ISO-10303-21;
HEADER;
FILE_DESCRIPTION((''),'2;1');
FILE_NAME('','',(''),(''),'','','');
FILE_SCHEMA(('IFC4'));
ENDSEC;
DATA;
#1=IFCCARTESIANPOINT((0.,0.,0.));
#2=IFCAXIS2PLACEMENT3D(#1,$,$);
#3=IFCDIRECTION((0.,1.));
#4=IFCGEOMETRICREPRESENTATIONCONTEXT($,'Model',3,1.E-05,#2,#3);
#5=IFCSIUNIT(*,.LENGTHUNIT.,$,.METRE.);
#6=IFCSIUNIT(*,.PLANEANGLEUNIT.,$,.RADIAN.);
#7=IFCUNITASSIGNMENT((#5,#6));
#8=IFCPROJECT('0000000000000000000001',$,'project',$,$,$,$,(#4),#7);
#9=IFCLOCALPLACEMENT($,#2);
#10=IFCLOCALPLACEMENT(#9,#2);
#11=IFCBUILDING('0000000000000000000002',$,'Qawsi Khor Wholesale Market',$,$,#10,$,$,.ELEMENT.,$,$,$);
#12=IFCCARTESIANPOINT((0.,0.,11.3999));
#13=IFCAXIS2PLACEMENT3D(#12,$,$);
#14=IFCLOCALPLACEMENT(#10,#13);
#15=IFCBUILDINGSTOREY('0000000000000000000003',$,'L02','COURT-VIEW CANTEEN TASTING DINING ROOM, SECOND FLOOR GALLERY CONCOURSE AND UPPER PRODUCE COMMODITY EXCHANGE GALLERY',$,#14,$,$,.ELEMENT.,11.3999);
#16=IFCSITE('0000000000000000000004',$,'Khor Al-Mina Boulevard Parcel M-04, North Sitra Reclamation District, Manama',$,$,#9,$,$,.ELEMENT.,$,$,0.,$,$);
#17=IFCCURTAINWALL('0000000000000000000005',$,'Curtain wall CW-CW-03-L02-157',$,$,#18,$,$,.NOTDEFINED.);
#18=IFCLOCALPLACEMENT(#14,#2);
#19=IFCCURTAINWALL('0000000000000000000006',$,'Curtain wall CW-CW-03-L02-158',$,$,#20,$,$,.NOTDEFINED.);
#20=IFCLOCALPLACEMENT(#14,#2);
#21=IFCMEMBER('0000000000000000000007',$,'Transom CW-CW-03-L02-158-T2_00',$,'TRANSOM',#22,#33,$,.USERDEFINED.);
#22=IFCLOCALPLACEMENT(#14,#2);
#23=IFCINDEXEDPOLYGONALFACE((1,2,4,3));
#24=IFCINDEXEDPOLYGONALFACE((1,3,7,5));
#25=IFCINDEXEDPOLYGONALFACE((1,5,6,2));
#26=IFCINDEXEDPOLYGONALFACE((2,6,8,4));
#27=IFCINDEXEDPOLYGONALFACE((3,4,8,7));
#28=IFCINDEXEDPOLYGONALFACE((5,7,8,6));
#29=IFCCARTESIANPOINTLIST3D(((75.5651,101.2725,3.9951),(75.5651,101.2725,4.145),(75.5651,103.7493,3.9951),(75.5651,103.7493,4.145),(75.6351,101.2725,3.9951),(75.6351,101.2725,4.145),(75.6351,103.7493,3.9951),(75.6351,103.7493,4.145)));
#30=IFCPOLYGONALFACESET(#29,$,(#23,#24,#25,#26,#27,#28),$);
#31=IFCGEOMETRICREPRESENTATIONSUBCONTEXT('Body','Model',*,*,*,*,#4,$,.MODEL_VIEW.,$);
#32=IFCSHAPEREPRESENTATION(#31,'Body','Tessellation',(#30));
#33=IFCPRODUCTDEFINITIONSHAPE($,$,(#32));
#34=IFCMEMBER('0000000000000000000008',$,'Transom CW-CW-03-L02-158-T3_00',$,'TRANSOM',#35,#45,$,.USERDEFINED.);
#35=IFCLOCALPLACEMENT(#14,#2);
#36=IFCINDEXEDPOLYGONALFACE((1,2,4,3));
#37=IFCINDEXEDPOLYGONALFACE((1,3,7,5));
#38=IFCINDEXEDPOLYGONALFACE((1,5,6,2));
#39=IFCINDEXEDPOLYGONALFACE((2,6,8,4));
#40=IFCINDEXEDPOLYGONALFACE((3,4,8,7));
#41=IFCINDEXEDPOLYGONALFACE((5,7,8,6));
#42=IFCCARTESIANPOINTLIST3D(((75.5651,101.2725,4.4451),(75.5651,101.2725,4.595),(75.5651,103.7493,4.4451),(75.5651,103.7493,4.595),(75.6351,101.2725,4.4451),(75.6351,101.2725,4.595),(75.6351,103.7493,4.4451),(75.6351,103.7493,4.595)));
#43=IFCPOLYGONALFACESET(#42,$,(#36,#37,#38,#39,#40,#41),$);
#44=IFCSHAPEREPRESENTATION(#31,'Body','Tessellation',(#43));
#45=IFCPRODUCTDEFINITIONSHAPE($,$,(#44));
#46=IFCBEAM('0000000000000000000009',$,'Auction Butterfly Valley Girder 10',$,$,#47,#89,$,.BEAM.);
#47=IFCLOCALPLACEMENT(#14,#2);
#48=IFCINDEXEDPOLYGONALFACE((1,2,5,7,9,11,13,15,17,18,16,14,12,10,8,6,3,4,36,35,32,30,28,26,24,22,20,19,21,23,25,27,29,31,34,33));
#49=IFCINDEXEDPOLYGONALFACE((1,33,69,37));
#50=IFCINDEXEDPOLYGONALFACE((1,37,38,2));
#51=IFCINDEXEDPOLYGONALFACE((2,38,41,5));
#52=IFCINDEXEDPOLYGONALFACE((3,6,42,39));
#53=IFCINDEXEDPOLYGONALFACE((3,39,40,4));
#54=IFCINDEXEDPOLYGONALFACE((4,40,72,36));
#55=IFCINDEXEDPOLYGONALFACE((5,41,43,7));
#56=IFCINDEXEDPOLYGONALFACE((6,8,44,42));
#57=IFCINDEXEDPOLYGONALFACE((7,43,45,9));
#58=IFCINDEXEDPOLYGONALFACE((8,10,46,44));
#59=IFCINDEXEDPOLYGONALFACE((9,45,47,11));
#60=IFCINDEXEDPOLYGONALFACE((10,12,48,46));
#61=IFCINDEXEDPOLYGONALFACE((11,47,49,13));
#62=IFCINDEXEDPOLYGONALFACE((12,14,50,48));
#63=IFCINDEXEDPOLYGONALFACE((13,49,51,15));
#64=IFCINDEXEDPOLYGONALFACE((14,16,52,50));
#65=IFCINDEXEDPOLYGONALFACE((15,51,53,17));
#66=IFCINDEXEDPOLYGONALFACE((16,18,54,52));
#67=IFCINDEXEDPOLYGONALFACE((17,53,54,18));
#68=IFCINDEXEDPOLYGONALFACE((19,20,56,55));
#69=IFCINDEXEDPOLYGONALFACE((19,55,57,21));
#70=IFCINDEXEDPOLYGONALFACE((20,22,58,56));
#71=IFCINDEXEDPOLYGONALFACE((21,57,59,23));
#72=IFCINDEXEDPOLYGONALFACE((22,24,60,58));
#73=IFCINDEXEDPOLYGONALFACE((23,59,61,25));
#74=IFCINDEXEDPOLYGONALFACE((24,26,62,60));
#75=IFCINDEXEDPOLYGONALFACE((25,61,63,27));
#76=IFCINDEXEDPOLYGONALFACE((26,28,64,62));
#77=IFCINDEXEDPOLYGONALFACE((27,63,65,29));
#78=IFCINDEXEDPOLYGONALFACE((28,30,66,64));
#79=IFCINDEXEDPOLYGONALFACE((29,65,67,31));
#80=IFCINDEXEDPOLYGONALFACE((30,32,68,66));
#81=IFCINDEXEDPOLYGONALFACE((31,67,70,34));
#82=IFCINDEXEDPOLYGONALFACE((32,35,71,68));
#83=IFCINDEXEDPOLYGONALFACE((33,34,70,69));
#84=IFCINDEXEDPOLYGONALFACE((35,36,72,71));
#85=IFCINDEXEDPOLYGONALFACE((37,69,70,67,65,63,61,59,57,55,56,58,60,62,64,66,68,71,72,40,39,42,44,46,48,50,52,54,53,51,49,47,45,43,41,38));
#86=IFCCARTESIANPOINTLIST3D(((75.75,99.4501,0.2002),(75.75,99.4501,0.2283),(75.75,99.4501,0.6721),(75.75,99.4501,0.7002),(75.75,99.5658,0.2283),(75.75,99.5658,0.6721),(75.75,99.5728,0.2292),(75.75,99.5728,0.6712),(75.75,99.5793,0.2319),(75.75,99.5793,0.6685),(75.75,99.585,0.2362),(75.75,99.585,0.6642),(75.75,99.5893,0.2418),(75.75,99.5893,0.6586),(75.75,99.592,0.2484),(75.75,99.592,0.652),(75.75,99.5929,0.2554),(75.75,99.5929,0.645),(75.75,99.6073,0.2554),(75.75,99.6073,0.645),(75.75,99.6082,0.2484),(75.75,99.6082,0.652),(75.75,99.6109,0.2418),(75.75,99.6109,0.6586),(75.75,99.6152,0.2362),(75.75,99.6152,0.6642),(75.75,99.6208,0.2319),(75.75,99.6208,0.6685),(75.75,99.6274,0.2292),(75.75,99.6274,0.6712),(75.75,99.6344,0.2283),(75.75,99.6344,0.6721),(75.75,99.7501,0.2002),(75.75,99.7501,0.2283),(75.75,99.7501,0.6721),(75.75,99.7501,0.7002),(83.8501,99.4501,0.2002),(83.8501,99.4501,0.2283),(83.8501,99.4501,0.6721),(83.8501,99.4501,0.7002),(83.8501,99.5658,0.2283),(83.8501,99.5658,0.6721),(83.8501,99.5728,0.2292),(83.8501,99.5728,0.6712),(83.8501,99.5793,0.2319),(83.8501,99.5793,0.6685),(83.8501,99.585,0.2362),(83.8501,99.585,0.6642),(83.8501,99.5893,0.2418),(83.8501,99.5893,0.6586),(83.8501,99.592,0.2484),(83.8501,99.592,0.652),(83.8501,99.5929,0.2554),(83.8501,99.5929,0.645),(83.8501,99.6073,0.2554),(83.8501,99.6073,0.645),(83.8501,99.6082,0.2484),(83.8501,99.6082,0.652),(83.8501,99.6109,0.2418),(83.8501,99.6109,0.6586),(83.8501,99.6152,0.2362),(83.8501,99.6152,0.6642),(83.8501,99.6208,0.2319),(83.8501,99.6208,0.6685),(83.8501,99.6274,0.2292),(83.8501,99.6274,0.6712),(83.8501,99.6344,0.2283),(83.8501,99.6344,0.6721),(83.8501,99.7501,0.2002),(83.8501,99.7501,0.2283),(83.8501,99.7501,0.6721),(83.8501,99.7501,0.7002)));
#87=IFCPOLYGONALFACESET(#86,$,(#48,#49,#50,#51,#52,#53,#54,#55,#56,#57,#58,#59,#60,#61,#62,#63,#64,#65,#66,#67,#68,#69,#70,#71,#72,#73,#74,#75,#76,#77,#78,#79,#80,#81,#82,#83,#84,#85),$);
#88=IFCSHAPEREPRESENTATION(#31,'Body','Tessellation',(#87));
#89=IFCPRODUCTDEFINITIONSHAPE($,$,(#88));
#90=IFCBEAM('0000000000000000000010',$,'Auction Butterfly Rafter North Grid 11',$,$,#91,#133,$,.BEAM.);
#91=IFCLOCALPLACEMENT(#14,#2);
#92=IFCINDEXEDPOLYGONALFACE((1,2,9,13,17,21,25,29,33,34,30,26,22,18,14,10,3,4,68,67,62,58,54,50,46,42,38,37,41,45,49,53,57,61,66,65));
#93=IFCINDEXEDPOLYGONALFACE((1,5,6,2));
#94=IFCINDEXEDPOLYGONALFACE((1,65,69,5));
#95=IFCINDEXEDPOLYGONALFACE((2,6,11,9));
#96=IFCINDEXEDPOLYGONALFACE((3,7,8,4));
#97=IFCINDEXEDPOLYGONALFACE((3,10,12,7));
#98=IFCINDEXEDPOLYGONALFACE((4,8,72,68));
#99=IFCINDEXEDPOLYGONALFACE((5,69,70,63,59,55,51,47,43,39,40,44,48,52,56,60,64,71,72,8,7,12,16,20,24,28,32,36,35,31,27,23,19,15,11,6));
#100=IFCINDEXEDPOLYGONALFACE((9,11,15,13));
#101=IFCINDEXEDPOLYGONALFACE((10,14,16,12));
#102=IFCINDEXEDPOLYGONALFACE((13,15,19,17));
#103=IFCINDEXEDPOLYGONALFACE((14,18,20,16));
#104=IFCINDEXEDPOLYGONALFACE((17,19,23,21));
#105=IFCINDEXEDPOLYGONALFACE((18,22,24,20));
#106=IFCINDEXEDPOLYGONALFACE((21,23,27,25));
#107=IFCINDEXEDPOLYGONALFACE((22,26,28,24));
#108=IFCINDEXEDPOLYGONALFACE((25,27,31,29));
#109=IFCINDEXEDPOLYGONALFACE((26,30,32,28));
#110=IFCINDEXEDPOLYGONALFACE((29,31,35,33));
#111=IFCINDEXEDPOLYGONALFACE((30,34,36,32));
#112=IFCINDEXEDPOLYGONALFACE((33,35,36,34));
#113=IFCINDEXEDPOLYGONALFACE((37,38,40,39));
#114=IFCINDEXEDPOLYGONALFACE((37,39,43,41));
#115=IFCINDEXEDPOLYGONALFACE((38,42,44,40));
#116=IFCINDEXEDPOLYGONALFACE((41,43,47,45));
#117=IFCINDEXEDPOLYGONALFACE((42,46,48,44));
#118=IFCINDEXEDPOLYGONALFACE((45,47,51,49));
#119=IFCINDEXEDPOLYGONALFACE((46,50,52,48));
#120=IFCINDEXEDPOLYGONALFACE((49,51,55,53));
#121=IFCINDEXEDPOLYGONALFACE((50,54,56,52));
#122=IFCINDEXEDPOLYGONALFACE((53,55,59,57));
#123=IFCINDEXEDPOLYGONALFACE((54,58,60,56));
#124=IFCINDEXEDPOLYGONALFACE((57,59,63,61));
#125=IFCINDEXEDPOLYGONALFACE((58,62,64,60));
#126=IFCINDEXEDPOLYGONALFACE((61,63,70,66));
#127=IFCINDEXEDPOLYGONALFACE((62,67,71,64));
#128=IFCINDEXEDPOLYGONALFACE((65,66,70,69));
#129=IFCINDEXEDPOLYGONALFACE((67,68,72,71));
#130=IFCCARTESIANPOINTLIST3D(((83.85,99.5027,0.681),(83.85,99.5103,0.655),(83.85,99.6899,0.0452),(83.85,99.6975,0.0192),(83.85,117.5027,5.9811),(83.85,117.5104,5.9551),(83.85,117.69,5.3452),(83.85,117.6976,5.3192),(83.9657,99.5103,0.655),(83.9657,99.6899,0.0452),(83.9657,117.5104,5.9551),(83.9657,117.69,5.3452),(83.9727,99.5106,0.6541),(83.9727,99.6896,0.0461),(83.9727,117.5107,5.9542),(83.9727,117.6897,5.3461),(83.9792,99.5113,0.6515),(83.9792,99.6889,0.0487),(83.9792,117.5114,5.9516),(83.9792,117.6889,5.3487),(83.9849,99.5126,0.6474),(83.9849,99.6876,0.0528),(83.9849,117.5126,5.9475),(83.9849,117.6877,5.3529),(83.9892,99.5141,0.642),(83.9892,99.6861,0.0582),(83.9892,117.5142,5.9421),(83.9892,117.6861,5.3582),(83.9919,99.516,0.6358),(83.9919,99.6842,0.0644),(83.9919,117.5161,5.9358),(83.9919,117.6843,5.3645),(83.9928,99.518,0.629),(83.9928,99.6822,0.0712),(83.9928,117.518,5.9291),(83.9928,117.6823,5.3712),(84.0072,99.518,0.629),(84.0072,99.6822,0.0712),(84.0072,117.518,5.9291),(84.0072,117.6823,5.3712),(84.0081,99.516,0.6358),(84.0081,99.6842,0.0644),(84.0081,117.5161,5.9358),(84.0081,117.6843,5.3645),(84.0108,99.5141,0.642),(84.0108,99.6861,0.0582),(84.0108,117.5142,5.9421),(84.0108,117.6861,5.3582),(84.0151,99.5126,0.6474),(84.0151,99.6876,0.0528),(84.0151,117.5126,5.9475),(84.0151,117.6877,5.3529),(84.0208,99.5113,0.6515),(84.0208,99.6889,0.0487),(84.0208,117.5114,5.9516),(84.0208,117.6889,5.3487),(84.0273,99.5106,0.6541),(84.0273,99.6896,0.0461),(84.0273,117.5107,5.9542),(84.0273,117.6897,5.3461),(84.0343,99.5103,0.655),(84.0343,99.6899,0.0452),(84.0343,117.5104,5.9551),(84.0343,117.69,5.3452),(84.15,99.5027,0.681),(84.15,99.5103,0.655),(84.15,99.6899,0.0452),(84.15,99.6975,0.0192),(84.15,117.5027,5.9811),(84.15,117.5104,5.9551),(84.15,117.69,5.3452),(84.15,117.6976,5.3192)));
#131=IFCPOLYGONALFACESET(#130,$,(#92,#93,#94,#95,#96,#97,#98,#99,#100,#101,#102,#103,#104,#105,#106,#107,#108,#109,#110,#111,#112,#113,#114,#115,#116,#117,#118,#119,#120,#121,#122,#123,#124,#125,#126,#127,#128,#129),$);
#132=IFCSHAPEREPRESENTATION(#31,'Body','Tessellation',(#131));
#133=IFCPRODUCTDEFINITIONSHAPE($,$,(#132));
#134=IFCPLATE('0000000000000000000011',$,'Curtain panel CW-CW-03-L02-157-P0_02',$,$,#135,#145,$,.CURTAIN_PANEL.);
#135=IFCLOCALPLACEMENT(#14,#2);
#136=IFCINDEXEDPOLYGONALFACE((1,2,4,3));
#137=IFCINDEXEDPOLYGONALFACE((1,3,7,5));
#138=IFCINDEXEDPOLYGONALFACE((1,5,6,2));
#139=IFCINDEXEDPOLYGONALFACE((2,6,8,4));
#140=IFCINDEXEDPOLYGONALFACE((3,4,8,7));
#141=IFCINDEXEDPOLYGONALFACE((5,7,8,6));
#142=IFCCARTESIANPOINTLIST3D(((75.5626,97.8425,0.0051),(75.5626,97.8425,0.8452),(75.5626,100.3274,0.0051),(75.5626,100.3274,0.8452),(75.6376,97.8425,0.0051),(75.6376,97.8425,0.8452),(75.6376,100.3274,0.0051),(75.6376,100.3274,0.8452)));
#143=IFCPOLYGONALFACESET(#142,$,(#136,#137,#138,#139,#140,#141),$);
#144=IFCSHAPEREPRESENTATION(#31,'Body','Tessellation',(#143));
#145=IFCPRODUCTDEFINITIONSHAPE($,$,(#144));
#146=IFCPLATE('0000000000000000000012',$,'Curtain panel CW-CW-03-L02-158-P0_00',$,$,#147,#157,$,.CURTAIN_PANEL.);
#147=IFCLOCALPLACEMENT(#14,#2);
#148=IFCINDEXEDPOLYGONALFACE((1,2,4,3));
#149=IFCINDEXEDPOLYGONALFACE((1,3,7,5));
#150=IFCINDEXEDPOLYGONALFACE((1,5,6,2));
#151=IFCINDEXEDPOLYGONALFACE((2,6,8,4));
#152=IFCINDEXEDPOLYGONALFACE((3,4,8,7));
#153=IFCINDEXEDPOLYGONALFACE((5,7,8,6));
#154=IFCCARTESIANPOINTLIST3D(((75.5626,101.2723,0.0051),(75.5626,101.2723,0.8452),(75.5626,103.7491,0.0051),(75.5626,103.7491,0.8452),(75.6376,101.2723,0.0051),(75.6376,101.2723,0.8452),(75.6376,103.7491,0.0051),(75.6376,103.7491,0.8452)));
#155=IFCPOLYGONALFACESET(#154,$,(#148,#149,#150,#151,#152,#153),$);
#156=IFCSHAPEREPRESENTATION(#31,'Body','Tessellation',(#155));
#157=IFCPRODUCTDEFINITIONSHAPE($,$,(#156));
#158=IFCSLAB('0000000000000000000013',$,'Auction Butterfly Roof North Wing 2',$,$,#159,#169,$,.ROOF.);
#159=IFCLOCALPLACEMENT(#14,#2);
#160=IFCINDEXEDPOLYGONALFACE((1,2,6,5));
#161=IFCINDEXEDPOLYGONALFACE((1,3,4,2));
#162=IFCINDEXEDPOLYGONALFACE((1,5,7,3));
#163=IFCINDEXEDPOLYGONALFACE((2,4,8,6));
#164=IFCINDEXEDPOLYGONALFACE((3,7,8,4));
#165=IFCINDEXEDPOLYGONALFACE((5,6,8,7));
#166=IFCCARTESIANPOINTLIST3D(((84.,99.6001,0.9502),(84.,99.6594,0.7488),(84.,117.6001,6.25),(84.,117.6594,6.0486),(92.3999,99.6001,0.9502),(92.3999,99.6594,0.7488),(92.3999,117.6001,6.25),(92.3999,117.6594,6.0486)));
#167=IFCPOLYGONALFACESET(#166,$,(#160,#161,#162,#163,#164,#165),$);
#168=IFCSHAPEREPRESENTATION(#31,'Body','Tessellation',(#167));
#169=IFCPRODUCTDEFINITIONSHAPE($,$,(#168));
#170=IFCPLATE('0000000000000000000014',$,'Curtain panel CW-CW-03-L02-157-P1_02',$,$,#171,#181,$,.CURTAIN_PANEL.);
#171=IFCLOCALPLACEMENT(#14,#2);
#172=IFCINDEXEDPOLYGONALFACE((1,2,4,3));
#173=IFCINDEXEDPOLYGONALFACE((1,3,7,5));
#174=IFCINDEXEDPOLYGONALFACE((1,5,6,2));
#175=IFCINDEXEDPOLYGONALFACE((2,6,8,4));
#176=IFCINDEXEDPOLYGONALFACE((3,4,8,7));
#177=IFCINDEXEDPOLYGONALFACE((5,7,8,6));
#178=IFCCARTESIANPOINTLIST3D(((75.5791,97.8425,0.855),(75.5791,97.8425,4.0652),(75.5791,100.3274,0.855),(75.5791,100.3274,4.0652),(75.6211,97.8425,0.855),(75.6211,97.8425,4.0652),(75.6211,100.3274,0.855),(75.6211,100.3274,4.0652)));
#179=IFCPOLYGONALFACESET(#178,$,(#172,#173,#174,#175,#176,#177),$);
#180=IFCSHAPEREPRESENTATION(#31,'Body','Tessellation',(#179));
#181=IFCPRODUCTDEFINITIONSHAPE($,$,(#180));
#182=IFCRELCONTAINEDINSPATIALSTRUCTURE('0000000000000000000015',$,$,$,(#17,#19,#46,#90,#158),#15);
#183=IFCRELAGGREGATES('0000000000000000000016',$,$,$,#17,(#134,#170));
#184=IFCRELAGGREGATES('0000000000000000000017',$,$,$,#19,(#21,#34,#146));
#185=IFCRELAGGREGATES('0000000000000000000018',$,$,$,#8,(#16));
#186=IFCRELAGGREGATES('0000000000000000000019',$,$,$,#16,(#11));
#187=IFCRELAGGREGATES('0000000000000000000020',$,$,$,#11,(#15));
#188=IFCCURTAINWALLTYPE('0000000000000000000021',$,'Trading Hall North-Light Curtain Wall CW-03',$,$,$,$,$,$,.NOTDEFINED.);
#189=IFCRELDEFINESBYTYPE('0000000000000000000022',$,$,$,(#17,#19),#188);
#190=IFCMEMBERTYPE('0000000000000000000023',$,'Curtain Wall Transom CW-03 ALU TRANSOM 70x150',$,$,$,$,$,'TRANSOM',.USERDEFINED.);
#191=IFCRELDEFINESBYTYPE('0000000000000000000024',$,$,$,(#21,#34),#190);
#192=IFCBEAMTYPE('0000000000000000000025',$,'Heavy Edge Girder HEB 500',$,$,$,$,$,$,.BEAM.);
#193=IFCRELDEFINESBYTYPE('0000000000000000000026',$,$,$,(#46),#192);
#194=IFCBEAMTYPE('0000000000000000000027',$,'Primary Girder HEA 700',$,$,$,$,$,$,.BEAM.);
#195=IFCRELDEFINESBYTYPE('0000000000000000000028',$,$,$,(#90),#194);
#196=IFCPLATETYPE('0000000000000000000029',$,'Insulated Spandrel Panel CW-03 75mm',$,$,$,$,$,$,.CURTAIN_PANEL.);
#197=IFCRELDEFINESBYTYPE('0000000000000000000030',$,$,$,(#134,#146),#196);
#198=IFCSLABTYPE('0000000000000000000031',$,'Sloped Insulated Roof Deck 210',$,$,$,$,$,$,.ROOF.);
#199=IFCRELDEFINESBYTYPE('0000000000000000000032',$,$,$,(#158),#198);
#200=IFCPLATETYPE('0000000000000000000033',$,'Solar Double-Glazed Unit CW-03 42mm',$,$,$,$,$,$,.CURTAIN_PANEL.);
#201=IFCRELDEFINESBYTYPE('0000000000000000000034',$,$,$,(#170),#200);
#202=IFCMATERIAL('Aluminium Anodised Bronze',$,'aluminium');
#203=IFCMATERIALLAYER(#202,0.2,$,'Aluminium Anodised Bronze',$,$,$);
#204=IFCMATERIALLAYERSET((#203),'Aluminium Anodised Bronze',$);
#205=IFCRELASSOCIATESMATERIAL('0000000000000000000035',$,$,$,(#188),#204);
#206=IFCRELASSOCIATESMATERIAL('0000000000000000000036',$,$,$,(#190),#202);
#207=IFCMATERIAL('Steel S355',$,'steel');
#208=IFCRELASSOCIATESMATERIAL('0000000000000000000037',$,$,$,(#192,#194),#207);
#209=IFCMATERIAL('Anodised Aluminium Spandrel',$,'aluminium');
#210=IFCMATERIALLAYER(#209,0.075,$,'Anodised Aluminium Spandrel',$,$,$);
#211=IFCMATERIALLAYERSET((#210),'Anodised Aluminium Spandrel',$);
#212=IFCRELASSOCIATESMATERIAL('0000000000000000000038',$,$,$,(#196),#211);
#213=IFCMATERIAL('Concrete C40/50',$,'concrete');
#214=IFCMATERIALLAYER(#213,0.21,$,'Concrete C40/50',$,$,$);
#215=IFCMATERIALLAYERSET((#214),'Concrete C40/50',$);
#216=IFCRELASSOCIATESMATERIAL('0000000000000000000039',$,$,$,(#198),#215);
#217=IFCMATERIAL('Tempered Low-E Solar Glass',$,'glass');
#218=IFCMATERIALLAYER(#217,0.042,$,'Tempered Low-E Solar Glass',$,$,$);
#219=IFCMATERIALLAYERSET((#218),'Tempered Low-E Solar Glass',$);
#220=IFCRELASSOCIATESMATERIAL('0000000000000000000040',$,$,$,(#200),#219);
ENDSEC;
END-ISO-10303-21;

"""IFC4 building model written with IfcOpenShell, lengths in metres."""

from ifc_helpers import new_model, si_unit, direction, frame, frame_2d, origin, origin_2d, place, context, subcontext, project, spatial, polyline, rectangle, i_section, outline, extrude, material, layer, layer_set, material_profile, profile_set, type_object, element, aggregate, save


model = new_model("IFC4")

# Units and contexts
model_context = context("Model", 3, precision=1e-05, world=origin(), true_north=direction((0.0, 1.0)))
body_context = subcontext(model_context, "Body", "Model", "MODEL_VIEW")
ifc_project = project(units=[si_unit("LENGTHUNIT", "METRE"), si_unit("PLANEANGLEUNIT", "RADIAN")], contexts=[model_context])

# Site, building, storey
site_placement = place(None, origin())
site = spatial("IfcSite", under=ifc_project, at=site_placement, Name="Khor Al-Mina Boulevard Parcel M-04, North Sitra Reclamation District, Manama", CompositionType="ELEMENT", RefElevation=0.0)
building_placement = place(site_placement, origin())
building = spatial("IfcBuilding", under=site, at=building_placement, Name="Qawsi Khor Wholesale Market", CompositionType="ELEMENT")
storey_placement = place(building_placement, frame((0.0, 0.0, 11.3999)))
storey = spatial("IfcBuildingStorey", under=building, at=storey_placement, Name="L02", Description="COURT-VIEW CANTEEN TASTING DINING ROOM, SECOND FLOOR GALLERY CONCOURSE AND UPPER PRODUCE COMMODITY EXCHANGE GALLERY", CompositionType="ELEMENT", Elevation=11.3999)

# Shared definitions
ifc_material_1 = material(Name="Steel S355", Category="steel")

# Curtain wall
ifc_material_2 = material(Name="Aluminium Anodised Bronze", Category="aluminium")
ifc_layer_1 = layer(ifc_material_2, 0.2, Name="Aluminium Anodised Bronze")
ifc_layer_set_1 = layer_set([ifc_layer_1], Name="Aluminium Anodised Bronze")
curtain_wall_type = type_object("IfcCurtainWallType", Name="Trading Hall North-Light Curtain Wall CW-03", PredefinedType="NOTDEFINED", material=ifc_layer_set_1)
curtain_wall_1_placement = place(storey_placement, origin())
curtain_wall_1 = element("IfcCurtainWall", 1, at=curtain_wall_1_placement, inside=storey, type_object=curtain_wall_type, Name="Curtain wall CW-CW-03-L02-157", PredefinedType="NOTDEFINED")

# Curtain wall
curtain_wall_2_placement = place(storey_placement, origin())
curtain_wall_2 = element("IfcCurtainWall", 2, at=curtain_wall_2_placement, inside=storey, type_object=curtain_wall_type, Name="Curtain wall CW-CW-03-L02-158", PredefinedType="NOTDEFINED")

# Members
ifc_material_profile_1 = material_profile(ifc_material_2, rectangle(XDim=0.0701, YDim=0.1499, at=origin_2d()), Name="ALU TRANSOM 70x150")
ifc_profile_set_1 = profile_set([ifc_material_profile_1], Name="Aluminium Anodised Bronze")
member_type_1 = type_object("IfcMemberType", Name="Curtain Wall Transom CW-03 ALU TRANSOM 70x150", ElementType="TRANSOM", PredefinedType="USERDEFINED", material=ifc_profile_set_1)
member_1_placement = place(storey_placement, frame((75.6001, 101.2725, 4.0701), z_axis=(0.0, 1.0, 0.0), x_axis=(-1.0, 0.0, 0.0)))
member_1 = element("IfcMember", 3, at=member_1_placement, type_object=member_type_1, Name="Transom CW-CW-03-L02-158-T2_00", ObjectType="TRANSOM", PredefinedType="USERDEFINED", context=body_context, shape_type="SweptSolid", body=[
    extrude(rectangle(XDim=0.0701, YDim=0.1499, at=origin_2d()), origin(), (0.0, 0.0, 1.0), 2.4768),
])
member_2_placement = place(storey_placement, frame((75.6001, 101.2725, 4.52), z_axis=(0.0, 1.0, 0.0), x_axis=(-1.0, 0.0, 0.0)))
member_2 = element("IfcMember", 4, at=member_2_placement, type_object=member_type_1, Name="Transom CW-CW-03-L02-158-T3_00", ObjectType="TRANSOM", PredefinedType="USERDEFINED", context=body_context, shape_type="SweptSolid", body=[
    extrude(rectangle(XDim=0.0701, YDim=0.1499, at=origin_2d()), origin(), (0.0, 0.0, 1.0), 2.4768),
])

# Beams
ifc_material_profile_2 = material_profile(ifc_material_1, i_section(OverallWidth=0.3, OverallDepth=0.5, WebThickness=0.0144, FlangeThickness=0.0281, FilletRadius=0.0271, at=origin_2d()), Name="HEB 500")
ifc_profile_set_2 = profile_set([ifc_material_profile_2], Name="Steel S355")
beam_type_1 = type_object("IfcBeamType", Name="Heavy Edge Girder HEB 500", PredefinedType="BEAM", material=ifc_profile_set_2)
beam_1_placement = place(storey_placement, frame((75.75, 99.6001, 0.4502), z_axis=(1.0, 0.0, 0.0), x_axis=(0.0, 1.0, 0.0)))
element("IfcBeam", 5, at=beam_1_placement, inside=storey, type_object=beam_type_1, Name="Auction Butterfly Valley Girder 10", PredefinedType="BEAM", context=body_context, shape_type="SweptSolid", body=[
    extrude(i_section(OverallWidth=0.3, OverallDepth=0.5, WebThickness=0.0144, FlangeThickness=0.0281, FilletRadius=0.0271, at=origin_2d()), origin(), (0.0, 0.0, 1.0), 8.1001),
])
ifc_material_profile_3 = material_profile(ifc_material_1, i_section(OverallWidth=0.3, OverallDepth=0.6899, WebThickness=0.0144, FlangeThickness=0.0271, FilletRadius=0.0271, at=origin_2d()), Name="HEA 700")
ifc_profile_set_3 = profile_set([ifc_material_profile_3], Name="Steel S355")
beam_type_2 = type_object("IfcBeamType", Name="Primary Girder HEA 700", PredefinedType="BEAM", material=ifc_profile_set_3)
beam_2_placement = place(storey_placement, frame((84.0, 99.6001, 0.3501), z_axis=(0.0, 0.95928, 0.282457), x_axis=(-1.0, 0.0, 0.0)))
element("IfcBeam", 6, at=beam_2_placement, inside=storey, type_object=beam_type_2, Name="Auction Butterfly Rafter North Grid 11", PredefinedType="BEAM", context=body_context, shape_type="SweptSolid", body=[
    extrude(i_section(OverallWidth=0.3, OverallDepth=0.6899, WebThickness=0.0144, FlangeThickness=0.0271, FilletRadius=0.0271, at=origin_2d()), origin(), (0.0, 0.0, 1.0), 18.7642),
])

# Plates
ifc_material_3 = material(Name="Anodised Aluminium Spandrel", Category="aluminium")
ifc_layer_2 = layer(ifc_material_3, 0.075, Name="Anodised Aluminium Spandrel")
ifc_layer_set_2 = layer_set([ifc_layer_2], Name="Anodised Aluminium Spandrel")
plate_type_1 = type_object("IfcPlateType", Name="Insulated Spandrel Panel CW-03 75mm", PredefinedType="CURTAIN_PANEL", material=ifc_layer_set_2)
plate_1_placement = place(storey_placement, frame((75.6001, 97.8425, 0.0051), z_axis=(0.0, 0.0, 1.0), x_axis=(0.0, 1.0, 0.0)))
plate_1 = element("IfcPlate", 7, at=plate_1_placement, type_object=plate_type_1, Name="Curtain panel CW-CW-03-L02-157-P0_02", PredefinedType="CURTAIN_PANEL", context=body_context, shape_type="SweptSolid", body=[
    extrude(rectangle(XDim=2.4849, YDim=0.075, at=frame_2d((1.2424, 0.0))), origin(), (0.0, 0.0, 1.0), 0.8401),
])
plate_2_placement = place(storey_placement, frame((75.6001, 101.2725, 0.0051), z_axis=(0.0, 0.0, 1.0), x_axis=(0.0, 1.0, 0.0)))
plate_2 = element("IfcPlate", 8, at=plate_2_placement, type_object=plate_type_1, Name="Curtain panel CW-CW-03-L02-158-P0_00", PredefinedType="CURTAIN_PANEL", context=body_context, shape_type="SweptSolid", body=[
    extrude(rectangle(XDim=2.4768, YDim=0.075, at=frame_2d((1.2383, 0.0))), origin(), (0.0, 0.0, 1.0), 0.8401),
])

# Slab
ifc_material_4 = material(Name="Concrete C40/50", Category="concrete")
ifc_layer_3 = layer(ifc_material_4, 0.21, Name="Concrete C40/50")
ifc_layer_set_3 = layer_set([ifc_layer_3], Name="Concrete C40/50")
slab_type = type_object("IfcSlabType", Name="Sloped Insulated Roof Deck 210", PredefinedType="ROOF", material=ifc_layer_set_3)
slab_placement = place(storey_placement, frame((84.0, 99.6001, 0.9502), z_axis=(0.0, -0.282445, 0.959283), x_axis=(1.0, 0.0, 0.0)))
element("IfcSlab", 9, at=slab_placement, inside=storey, type_object=slab_type, Name="Auction Butterfly Roof North Wing 2", PredefinedType="ROOF", context=body_context, shape_type="SweptSolid", body=[
    extrude(outline(polyline([(0.0, 0.0), (8.3999, 0.0), (8.3999, 18.764), (0.0, 18.764), (0.0, 0.0)])), origin(), (0.0, 0.0, -1.0), 0.21),
])

# Plate
ifc_material_5 = material(Name="Tempered Low-E Solar Glass", Category="glass")
ifc_layer_4 = layer(ifc_material_5, 0.042, Name="Tempered Low-E Solar Glass")
ifc_layer_set_4 = layer_set([ifc_layer_4], Name="Tempered Low-E Solar Glass")
plate_type_2 = type_object("IfcPlateType", Name="Solar Double-Glazed Unit CW-03 42mm", PredefinedType="CURTAIN_PANEL", material=ifc_layer_set_4)
plate_3_placement = place(storey_placement, frame((75.6001, 97.8425, 0.855), z_axis=(0.0, 0.0, 1.0), x_axis=(0.0, 1.0, 0.0)))
plate_3 = element("IfcPlate", 10, at=plate_3_placement, type_object=plate_type_2, Name="Curtain panel CW-CW-03-L02-157-P1_02", PredefinedType="CURTAIN_PANEL", context=body_context, shape_type="SweptSolid", body=[
    extrude(rectangle(XDim=2.4849, YDim=0.042, at=frame_2d((1.2424, 0.0))), origin(), (0.0, 0.0, 1.0), 3.2102),
])
aggregate(curtain_wall_1, [plate_1, plate_3])
aggregate(curtain_wall_2, [member_1, member_2, plate_2])

save(model, "model.ifc")
